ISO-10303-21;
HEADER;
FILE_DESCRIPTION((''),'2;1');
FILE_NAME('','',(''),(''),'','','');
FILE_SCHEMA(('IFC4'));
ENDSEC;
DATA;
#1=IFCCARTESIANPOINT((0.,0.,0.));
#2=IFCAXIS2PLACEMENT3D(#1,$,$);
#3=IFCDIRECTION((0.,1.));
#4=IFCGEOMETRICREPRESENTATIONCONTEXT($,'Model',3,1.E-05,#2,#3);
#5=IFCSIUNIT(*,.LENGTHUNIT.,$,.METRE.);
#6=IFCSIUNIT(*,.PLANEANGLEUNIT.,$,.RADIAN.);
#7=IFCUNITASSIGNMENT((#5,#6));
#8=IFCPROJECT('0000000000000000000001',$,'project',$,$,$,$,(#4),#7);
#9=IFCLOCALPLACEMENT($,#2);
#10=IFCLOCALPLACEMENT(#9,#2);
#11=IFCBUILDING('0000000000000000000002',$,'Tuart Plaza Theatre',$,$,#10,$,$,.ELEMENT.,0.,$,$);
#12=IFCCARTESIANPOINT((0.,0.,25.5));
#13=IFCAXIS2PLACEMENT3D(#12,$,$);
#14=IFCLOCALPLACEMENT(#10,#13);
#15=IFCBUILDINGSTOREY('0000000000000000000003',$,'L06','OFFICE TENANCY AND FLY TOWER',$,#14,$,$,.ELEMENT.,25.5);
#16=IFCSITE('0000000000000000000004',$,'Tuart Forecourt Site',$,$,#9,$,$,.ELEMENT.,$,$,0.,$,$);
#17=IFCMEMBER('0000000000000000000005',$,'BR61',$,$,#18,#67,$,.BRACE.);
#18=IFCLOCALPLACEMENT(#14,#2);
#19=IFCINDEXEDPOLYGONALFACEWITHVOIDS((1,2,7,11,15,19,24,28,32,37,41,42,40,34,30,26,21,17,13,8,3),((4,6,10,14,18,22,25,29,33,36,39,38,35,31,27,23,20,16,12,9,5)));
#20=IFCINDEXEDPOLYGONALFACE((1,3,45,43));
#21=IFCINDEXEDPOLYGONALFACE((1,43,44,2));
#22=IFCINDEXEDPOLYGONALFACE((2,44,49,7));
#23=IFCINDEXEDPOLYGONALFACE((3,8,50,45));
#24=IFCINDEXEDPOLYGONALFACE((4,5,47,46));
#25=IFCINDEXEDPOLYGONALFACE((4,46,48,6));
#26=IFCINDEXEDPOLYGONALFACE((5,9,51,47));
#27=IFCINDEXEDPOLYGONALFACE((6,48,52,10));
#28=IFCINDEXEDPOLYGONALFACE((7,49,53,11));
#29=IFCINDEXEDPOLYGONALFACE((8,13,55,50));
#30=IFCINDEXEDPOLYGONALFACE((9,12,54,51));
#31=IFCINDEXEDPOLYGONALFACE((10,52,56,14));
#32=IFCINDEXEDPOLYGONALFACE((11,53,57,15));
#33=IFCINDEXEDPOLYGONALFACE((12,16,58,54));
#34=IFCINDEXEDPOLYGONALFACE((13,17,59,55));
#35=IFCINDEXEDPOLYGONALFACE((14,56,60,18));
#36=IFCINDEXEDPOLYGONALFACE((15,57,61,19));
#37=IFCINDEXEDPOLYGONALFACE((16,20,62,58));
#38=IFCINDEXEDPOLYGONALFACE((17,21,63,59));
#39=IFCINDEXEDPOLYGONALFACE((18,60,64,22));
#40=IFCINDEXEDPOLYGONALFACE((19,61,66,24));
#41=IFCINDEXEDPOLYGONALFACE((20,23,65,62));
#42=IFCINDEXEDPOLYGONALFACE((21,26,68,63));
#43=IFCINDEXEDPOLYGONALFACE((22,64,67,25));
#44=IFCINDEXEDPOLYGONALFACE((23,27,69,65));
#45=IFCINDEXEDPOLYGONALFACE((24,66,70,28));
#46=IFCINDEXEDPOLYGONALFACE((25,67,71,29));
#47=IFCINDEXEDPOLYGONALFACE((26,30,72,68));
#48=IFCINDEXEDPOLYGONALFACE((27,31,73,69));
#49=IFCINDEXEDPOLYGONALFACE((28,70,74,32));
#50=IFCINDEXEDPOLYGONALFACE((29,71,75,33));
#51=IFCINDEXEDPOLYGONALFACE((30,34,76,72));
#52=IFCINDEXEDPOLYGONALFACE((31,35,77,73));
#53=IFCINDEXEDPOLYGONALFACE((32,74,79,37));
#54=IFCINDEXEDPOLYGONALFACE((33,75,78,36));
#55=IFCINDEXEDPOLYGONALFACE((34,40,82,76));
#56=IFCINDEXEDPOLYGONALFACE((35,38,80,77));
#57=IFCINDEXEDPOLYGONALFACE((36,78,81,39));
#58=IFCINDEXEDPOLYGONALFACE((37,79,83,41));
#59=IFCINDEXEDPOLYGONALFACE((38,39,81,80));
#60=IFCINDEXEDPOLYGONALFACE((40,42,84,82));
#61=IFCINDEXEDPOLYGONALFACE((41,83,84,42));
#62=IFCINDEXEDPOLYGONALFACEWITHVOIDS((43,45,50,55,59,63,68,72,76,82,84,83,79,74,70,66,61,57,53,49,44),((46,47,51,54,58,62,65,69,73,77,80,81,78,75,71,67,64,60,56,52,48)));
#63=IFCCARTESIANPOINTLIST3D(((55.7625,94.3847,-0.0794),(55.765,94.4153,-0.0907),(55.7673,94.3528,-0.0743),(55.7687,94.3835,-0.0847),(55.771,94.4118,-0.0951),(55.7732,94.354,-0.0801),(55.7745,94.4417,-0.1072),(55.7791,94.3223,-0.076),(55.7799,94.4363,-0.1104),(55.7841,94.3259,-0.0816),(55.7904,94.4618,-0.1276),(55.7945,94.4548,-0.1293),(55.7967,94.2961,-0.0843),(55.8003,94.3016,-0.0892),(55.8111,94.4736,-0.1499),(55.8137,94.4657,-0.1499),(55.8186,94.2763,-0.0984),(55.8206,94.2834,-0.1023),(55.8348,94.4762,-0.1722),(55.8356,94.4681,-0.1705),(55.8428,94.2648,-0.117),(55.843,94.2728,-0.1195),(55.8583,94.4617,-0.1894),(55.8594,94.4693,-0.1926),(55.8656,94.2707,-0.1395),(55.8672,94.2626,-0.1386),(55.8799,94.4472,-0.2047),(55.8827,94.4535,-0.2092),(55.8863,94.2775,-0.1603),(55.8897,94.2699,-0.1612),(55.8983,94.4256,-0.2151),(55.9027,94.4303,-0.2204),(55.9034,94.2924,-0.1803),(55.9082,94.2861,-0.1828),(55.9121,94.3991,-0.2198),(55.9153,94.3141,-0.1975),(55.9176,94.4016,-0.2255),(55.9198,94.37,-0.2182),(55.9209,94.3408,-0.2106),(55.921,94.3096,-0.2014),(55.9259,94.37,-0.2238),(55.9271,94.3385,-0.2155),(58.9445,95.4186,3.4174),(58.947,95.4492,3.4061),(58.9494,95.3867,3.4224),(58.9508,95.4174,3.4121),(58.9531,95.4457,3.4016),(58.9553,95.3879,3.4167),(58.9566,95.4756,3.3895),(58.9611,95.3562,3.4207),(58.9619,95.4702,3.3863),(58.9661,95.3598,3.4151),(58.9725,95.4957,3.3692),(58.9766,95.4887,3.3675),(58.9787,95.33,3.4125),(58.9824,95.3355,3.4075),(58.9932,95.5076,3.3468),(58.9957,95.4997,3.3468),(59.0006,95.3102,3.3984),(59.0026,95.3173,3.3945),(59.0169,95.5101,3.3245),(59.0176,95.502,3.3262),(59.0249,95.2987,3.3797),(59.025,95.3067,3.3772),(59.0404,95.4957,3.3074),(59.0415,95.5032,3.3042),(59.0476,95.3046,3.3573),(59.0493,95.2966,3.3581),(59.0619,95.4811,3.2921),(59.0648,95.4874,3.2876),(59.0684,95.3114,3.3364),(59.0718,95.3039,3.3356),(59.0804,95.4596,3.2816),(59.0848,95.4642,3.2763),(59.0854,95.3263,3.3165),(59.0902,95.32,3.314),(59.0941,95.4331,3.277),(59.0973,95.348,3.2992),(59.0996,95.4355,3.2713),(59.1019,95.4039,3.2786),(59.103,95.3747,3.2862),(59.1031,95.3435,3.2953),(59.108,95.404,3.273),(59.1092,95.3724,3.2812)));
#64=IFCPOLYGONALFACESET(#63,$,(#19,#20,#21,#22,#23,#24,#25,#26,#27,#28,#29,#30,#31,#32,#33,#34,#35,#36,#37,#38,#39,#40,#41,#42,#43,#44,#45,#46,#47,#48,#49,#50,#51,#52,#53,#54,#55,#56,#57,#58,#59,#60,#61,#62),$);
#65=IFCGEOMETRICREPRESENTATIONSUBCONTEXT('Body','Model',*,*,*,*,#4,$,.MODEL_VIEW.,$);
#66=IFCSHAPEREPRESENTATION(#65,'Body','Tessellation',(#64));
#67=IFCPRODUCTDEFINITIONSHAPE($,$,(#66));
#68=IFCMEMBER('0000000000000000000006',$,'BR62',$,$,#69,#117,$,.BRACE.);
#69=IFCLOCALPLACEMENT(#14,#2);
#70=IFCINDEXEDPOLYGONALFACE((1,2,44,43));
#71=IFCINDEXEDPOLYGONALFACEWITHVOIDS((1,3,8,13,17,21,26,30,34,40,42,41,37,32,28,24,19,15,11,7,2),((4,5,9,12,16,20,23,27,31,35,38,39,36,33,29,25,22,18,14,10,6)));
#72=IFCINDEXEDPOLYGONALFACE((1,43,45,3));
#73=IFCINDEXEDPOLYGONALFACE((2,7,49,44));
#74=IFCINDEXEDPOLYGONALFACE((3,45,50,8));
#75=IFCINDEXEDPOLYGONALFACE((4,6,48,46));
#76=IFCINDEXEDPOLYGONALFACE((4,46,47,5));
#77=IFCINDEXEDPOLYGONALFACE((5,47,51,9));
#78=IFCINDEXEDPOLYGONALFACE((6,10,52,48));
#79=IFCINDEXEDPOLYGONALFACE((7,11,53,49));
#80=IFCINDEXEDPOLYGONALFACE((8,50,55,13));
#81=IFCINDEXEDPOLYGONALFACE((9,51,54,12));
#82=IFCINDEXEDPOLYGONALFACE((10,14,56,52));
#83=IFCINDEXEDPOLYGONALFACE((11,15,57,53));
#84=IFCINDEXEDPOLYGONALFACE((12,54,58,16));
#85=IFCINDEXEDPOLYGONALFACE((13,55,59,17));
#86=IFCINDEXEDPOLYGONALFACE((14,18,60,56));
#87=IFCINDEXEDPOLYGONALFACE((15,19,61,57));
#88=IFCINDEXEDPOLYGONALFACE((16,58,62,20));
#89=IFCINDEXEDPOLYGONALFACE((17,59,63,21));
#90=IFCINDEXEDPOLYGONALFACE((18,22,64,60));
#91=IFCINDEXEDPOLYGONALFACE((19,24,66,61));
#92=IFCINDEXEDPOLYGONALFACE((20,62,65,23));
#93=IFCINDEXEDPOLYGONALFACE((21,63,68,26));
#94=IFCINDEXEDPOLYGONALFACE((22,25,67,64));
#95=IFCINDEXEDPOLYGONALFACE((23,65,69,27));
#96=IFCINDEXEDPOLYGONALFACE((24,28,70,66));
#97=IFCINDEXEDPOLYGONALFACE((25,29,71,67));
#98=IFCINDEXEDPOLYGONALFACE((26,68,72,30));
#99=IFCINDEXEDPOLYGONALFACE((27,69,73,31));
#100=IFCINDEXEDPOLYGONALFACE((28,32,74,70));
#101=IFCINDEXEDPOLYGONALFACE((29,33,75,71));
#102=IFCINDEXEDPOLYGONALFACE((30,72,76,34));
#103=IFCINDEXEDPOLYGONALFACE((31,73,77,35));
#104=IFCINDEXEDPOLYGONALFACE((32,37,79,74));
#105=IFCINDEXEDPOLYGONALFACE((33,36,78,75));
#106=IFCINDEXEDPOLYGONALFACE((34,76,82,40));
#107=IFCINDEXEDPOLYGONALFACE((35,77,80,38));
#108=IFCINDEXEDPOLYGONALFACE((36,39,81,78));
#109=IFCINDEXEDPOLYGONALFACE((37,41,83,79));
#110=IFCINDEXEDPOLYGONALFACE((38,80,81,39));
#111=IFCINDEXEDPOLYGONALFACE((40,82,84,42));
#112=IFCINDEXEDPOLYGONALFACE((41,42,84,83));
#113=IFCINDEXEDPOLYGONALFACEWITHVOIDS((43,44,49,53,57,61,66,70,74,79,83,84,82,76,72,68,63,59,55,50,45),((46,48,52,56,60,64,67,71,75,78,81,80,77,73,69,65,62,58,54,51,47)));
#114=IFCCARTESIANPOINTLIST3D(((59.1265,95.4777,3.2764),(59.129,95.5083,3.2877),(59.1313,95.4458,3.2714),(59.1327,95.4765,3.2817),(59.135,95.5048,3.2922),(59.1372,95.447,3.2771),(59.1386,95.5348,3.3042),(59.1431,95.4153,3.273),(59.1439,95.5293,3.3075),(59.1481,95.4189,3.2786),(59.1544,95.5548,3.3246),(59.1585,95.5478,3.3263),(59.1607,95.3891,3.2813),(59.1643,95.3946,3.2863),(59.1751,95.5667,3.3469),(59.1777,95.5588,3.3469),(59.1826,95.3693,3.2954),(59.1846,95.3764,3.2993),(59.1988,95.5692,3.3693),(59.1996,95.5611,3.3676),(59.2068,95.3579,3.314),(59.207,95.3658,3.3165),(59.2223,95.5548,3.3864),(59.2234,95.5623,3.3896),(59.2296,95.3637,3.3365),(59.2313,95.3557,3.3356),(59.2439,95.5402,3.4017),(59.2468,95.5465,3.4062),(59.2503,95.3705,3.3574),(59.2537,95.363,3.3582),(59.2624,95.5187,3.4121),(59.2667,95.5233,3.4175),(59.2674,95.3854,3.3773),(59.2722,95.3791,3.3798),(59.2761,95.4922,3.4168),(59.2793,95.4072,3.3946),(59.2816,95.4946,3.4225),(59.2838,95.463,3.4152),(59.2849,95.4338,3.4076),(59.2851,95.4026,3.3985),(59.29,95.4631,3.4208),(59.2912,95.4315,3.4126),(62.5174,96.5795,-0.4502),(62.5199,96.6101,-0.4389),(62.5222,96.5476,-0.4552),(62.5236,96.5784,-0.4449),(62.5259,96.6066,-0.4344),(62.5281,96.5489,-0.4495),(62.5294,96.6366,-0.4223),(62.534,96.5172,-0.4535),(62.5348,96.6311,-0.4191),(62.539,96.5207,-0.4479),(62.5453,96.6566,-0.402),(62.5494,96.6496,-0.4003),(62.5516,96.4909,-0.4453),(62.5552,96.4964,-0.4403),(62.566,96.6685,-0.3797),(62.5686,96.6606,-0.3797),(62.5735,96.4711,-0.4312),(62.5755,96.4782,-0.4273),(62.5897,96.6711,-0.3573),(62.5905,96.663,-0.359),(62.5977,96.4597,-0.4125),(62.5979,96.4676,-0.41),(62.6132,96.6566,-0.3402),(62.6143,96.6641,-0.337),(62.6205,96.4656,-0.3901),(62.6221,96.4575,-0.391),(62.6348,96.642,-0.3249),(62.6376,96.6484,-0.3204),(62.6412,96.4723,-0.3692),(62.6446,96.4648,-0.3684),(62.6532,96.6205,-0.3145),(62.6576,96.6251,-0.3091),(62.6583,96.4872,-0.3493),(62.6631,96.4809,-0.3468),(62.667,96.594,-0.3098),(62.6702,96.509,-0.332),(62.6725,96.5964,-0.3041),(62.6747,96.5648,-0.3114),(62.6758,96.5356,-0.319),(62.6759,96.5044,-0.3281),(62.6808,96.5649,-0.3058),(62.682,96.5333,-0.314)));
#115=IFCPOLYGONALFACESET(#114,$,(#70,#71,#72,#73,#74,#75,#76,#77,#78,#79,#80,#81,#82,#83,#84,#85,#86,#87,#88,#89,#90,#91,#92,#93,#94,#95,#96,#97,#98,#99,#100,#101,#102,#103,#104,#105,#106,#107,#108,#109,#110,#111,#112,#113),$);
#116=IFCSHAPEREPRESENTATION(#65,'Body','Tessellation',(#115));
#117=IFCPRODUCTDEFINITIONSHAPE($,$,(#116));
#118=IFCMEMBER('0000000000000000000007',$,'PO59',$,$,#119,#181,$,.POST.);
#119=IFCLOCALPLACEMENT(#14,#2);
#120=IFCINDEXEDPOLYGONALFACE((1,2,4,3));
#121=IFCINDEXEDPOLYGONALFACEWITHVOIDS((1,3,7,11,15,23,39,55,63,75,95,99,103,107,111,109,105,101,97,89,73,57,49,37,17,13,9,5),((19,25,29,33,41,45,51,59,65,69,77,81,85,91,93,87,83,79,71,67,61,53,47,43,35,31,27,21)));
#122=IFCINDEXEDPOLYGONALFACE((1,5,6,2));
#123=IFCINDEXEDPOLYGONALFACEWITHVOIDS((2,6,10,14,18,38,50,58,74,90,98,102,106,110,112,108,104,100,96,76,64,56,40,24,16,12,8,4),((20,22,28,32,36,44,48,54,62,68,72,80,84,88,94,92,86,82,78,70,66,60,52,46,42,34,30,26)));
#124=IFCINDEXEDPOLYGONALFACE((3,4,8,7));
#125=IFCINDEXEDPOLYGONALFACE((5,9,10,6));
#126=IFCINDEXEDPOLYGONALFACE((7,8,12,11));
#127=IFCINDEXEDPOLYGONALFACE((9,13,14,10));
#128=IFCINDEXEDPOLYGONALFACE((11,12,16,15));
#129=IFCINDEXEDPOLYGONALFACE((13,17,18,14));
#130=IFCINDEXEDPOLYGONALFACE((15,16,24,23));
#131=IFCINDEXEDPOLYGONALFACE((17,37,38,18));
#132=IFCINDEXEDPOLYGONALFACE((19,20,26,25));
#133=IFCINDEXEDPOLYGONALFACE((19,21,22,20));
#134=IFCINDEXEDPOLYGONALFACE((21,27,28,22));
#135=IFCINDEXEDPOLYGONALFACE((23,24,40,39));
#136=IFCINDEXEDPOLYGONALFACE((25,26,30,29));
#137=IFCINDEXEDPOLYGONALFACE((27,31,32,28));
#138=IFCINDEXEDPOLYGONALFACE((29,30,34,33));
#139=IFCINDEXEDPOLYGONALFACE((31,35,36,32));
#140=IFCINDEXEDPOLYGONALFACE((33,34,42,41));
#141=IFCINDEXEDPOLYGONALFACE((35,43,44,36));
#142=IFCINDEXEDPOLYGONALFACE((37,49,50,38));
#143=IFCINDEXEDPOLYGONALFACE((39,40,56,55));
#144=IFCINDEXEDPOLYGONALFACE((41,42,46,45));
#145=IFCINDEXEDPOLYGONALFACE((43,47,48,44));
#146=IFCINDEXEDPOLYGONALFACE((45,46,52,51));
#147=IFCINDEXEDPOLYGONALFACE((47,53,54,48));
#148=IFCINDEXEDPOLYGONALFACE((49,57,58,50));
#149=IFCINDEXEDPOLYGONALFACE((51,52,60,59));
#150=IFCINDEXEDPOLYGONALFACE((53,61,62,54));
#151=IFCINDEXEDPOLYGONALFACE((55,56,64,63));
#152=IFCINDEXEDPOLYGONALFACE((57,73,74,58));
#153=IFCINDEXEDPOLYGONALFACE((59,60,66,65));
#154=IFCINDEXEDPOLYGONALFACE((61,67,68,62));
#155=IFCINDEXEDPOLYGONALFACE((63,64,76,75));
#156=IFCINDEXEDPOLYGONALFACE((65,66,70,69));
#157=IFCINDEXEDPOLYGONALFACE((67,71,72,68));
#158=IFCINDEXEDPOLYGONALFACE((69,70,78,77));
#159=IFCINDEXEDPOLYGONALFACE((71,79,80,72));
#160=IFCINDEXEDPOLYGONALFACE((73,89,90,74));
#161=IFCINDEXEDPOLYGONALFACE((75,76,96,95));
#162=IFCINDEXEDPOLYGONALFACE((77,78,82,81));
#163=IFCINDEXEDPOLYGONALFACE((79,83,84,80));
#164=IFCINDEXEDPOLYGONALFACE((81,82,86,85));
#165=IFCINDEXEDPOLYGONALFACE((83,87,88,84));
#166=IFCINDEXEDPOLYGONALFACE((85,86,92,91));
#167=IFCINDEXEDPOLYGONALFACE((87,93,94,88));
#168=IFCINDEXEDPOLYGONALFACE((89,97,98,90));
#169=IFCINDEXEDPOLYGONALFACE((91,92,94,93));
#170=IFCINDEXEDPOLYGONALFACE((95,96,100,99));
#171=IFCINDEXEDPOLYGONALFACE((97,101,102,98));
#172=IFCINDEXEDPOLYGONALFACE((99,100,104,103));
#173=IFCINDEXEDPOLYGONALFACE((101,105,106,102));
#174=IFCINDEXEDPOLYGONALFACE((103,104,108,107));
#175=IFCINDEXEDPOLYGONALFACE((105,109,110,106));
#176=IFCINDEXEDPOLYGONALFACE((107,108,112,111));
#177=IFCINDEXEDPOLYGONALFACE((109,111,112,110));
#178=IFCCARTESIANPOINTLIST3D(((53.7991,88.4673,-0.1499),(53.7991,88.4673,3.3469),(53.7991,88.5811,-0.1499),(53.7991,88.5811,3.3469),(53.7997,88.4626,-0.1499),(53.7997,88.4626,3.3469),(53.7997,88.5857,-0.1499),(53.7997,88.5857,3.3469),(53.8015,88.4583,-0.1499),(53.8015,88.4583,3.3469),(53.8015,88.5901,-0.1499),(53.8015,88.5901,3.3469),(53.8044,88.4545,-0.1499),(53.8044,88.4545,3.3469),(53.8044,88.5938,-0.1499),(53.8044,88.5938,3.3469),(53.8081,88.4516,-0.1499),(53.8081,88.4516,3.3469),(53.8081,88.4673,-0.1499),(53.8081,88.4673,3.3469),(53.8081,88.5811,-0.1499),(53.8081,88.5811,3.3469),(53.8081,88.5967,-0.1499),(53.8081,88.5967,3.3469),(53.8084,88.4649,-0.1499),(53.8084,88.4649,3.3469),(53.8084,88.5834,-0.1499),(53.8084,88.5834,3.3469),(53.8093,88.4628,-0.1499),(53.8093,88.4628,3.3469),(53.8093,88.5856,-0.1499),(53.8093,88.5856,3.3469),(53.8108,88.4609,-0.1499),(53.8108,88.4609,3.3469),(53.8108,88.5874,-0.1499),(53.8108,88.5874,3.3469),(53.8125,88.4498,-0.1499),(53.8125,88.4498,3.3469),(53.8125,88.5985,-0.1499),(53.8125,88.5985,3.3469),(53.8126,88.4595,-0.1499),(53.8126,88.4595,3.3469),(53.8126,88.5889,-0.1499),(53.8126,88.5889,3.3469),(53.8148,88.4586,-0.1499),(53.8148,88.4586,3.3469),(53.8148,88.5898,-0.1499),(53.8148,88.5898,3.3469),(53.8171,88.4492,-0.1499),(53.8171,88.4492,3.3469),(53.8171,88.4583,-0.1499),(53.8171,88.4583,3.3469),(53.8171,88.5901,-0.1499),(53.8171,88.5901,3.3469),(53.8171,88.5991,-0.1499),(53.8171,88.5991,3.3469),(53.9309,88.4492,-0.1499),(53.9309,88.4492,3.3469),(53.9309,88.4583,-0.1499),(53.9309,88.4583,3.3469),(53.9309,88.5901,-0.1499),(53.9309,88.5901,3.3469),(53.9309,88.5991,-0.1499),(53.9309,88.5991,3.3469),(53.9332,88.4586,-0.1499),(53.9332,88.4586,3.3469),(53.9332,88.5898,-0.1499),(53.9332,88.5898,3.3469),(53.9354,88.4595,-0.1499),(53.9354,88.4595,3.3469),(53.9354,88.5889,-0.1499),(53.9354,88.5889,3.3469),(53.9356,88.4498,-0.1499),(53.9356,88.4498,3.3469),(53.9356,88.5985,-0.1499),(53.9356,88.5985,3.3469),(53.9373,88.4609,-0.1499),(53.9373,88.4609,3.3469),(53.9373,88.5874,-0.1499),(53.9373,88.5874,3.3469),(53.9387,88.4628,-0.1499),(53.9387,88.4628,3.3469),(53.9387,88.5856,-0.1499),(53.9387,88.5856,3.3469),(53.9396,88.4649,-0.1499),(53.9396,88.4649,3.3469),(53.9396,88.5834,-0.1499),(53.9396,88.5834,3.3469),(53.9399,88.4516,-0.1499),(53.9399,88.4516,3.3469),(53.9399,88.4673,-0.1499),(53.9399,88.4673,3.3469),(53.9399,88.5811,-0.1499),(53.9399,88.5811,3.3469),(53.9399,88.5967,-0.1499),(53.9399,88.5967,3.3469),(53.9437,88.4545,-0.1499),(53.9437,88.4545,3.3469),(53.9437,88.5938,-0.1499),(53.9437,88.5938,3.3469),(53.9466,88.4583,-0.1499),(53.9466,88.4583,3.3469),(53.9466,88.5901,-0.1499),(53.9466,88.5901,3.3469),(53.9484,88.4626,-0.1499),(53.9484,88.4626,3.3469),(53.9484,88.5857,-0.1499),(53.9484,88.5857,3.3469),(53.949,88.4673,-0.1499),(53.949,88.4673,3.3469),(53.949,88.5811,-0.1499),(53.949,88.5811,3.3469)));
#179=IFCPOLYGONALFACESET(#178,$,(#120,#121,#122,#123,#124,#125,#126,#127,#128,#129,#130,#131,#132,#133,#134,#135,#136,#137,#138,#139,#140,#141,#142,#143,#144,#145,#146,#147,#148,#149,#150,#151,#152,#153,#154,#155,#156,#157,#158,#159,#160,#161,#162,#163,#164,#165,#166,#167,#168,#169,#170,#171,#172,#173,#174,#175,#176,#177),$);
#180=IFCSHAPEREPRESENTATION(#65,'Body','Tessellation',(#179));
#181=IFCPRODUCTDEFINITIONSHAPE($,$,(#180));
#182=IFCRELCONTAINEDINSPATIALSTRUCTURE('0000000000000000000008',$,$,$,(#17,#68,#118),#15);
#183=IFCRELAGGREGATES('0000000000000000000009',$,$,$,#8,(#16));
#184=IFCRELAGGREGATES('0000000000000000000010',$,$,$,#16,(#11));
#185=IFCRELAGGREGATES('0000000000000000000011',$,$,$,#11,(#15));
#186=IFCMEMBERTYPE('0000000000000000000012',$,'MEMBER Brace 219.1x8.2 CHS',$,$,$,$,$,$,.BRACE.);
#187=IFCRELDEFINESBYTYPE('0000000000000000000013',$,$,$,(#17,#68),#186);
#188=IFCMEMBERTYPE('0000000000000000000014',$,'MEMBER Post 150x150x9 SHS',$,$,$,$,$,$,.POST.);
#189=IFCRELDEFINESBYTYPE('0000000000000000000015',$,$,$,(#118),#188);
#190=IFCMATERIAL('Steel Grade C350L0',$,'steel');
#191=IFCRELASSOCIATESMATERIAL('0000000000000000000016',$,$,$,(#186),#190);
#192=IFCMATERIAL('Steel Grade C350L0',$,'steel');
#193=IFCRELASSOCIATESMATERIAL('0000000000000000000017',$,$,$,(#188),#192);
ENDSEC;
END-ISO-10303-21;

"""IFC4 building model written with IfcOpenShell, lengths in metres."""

from ifc_helpers import new_model, si_unit, direction, frame, origin, origin_2d, place, context, subcontext, project, spatial, hollow_rectangle, hollow_circle, extrude, material, material_profile, profile_set, type_object, element, save


model = new_model("IFC4")

# Units and contexts
model_context = context("Model", 3, precision=1e-05, world=origin(), true_north=direction((0.0, 1.0)))
body_context = subcontext(model_context, "Body", "Model", "MODEL_VIEW")
ifc_project = project(units=[si_unit("LENGTHUNIT", "METRE"), si_unit("PLANEANGLEUNIT", "RADIAN")], contexts=[model_context])

# Site, building, storey
site_placement = place(None, origin())
site = spatial("IfcSite", under=ifc_project, at=site_placement, Name="Tuart Forecourt Site", CompositionType="ELEMENT", RefElevation=0.0)
building_placement = place(site_placement, origin())
building = spatial("IfcBuilding", under=site, at=building_placement, Name="Tuart Plaza Theatre", CompositionType="ELEMENT", ElevationOfRefHeight=0.0)
storey_placement = place(building_placement, frame((0.0, 0.0, 25.5)))
storey = spatial("IfcBuildingStorey", under=building, at=storey_placement, Name="L06", Description="OFFICE TENANCY AND FLY TOWER", CompositionType="ELEMENT", Elevation=25.5)

# Members
ifc_material_1 = material(Name="Steel Grade C350L0", Category="steel")
ifc_material_profile_1 = material_profile(ifc_material_1, hollow_circle(Radius=0.1096, WallThickness=0.0083, at=origin_2d()), Name="219.1x8.2 CHS")
ifc_profile_set_1 = profile_set([ifc_material_profile_1], Name="Steel Grade C350L0")
member_type_1 = type_object("IfcMemberType", Name="MEMBER Brace 219.1x8.2 CHS", PredefinedType="BRACE", material=ifc_profile_set_1)
for number, where, z_axis, x_axis, name in (
    (1, (55.845, 94.3694, -0.1499), (0.657505, 0.213636, 0.722529), (-0.309017, 0.951057, 0.0), "BR61"),
):
    element("IfcMember", number, at=place(storey_placement, frame(where, z_axis=z_axis, x_axis=x_axis)), inside=storey, type_object=member_type_1, Name=name, PredefinedType="BRACE", context=body_context, shape_type="SweptSolid", body=[
        extrude(hollow_circle(Radius=0.1096, WallThickness=0.0083, at=origin_2d()), origin(), (0.0, 0.0, 1.0), 4.8396),
    ])
member_1_placement = place(storey_placement, frame((59.209, 95.4624, 3.3469), z_axis=(0.657471, 0.213634, -0.72256), x_axis=(-0.309029, 0.951053, 0.0)))
element("IfcMember", 2, at=member_1_placement, inside=storey, type_object=member_type_1, Name="BR62", PredefinedType="BRACE", context=body_context, shape_type="SweptSolid", body=[
    extrude(hollow_circle(Radius=0.1096, WallThickness=0.0083, at=origin_2d()), origin(), (0.0, 0.0, 1.0), 5.1575),
])
ifc_material_2 = material(Name="Steel Grade C350L0", Category="steel")
ifc_material_profile_2 = material_profile(ifc_material_2, hollow_rectangle(XDim=0.1499, YDim=0.1499, WallThickness=0.009, InnerFilletRadius=0.009, OuterFilletRadius=0.0181, at=origin_2d()), Name="150x150x9 SHS")
ifc_profile_set_2 = profile_set([ifc_material_profile_2], Name="Steel Grade C350L0")
member_type_2 = type_object("IfcMemberType", Name="MEMBER Post 150x150x9 SHS", PredefinedType="POST", material=ifc_profile_set_2)
for number, where, z_axis, x_axis, name in (
    (3, (53.874, 88.5242, -0.1499), (0.0, 0.0, 1.0), (1.0, 0.0, 0.0), "PO59"),
):
    element("IfcMember", number, at=place(storey_placement, frame(where, z_axis=z_axis, x_axis=x_axis)), inside=storey, type_object=member_type_2, Name=name, PredefinedType="POST", context=body_context, shape_type="SweptSolid", body=[
        extrude(hollow_rectangle(XDim=0.1499, YDim=0.1499, WallThickness=0.009, InnerFilletRadius=0.009, OuterFilletRadius=0.0181, at=origin_2d()), origin(), (0.0, 0.0, 1.0), 3.4968),
    ])

save(model, "model.ifc")
